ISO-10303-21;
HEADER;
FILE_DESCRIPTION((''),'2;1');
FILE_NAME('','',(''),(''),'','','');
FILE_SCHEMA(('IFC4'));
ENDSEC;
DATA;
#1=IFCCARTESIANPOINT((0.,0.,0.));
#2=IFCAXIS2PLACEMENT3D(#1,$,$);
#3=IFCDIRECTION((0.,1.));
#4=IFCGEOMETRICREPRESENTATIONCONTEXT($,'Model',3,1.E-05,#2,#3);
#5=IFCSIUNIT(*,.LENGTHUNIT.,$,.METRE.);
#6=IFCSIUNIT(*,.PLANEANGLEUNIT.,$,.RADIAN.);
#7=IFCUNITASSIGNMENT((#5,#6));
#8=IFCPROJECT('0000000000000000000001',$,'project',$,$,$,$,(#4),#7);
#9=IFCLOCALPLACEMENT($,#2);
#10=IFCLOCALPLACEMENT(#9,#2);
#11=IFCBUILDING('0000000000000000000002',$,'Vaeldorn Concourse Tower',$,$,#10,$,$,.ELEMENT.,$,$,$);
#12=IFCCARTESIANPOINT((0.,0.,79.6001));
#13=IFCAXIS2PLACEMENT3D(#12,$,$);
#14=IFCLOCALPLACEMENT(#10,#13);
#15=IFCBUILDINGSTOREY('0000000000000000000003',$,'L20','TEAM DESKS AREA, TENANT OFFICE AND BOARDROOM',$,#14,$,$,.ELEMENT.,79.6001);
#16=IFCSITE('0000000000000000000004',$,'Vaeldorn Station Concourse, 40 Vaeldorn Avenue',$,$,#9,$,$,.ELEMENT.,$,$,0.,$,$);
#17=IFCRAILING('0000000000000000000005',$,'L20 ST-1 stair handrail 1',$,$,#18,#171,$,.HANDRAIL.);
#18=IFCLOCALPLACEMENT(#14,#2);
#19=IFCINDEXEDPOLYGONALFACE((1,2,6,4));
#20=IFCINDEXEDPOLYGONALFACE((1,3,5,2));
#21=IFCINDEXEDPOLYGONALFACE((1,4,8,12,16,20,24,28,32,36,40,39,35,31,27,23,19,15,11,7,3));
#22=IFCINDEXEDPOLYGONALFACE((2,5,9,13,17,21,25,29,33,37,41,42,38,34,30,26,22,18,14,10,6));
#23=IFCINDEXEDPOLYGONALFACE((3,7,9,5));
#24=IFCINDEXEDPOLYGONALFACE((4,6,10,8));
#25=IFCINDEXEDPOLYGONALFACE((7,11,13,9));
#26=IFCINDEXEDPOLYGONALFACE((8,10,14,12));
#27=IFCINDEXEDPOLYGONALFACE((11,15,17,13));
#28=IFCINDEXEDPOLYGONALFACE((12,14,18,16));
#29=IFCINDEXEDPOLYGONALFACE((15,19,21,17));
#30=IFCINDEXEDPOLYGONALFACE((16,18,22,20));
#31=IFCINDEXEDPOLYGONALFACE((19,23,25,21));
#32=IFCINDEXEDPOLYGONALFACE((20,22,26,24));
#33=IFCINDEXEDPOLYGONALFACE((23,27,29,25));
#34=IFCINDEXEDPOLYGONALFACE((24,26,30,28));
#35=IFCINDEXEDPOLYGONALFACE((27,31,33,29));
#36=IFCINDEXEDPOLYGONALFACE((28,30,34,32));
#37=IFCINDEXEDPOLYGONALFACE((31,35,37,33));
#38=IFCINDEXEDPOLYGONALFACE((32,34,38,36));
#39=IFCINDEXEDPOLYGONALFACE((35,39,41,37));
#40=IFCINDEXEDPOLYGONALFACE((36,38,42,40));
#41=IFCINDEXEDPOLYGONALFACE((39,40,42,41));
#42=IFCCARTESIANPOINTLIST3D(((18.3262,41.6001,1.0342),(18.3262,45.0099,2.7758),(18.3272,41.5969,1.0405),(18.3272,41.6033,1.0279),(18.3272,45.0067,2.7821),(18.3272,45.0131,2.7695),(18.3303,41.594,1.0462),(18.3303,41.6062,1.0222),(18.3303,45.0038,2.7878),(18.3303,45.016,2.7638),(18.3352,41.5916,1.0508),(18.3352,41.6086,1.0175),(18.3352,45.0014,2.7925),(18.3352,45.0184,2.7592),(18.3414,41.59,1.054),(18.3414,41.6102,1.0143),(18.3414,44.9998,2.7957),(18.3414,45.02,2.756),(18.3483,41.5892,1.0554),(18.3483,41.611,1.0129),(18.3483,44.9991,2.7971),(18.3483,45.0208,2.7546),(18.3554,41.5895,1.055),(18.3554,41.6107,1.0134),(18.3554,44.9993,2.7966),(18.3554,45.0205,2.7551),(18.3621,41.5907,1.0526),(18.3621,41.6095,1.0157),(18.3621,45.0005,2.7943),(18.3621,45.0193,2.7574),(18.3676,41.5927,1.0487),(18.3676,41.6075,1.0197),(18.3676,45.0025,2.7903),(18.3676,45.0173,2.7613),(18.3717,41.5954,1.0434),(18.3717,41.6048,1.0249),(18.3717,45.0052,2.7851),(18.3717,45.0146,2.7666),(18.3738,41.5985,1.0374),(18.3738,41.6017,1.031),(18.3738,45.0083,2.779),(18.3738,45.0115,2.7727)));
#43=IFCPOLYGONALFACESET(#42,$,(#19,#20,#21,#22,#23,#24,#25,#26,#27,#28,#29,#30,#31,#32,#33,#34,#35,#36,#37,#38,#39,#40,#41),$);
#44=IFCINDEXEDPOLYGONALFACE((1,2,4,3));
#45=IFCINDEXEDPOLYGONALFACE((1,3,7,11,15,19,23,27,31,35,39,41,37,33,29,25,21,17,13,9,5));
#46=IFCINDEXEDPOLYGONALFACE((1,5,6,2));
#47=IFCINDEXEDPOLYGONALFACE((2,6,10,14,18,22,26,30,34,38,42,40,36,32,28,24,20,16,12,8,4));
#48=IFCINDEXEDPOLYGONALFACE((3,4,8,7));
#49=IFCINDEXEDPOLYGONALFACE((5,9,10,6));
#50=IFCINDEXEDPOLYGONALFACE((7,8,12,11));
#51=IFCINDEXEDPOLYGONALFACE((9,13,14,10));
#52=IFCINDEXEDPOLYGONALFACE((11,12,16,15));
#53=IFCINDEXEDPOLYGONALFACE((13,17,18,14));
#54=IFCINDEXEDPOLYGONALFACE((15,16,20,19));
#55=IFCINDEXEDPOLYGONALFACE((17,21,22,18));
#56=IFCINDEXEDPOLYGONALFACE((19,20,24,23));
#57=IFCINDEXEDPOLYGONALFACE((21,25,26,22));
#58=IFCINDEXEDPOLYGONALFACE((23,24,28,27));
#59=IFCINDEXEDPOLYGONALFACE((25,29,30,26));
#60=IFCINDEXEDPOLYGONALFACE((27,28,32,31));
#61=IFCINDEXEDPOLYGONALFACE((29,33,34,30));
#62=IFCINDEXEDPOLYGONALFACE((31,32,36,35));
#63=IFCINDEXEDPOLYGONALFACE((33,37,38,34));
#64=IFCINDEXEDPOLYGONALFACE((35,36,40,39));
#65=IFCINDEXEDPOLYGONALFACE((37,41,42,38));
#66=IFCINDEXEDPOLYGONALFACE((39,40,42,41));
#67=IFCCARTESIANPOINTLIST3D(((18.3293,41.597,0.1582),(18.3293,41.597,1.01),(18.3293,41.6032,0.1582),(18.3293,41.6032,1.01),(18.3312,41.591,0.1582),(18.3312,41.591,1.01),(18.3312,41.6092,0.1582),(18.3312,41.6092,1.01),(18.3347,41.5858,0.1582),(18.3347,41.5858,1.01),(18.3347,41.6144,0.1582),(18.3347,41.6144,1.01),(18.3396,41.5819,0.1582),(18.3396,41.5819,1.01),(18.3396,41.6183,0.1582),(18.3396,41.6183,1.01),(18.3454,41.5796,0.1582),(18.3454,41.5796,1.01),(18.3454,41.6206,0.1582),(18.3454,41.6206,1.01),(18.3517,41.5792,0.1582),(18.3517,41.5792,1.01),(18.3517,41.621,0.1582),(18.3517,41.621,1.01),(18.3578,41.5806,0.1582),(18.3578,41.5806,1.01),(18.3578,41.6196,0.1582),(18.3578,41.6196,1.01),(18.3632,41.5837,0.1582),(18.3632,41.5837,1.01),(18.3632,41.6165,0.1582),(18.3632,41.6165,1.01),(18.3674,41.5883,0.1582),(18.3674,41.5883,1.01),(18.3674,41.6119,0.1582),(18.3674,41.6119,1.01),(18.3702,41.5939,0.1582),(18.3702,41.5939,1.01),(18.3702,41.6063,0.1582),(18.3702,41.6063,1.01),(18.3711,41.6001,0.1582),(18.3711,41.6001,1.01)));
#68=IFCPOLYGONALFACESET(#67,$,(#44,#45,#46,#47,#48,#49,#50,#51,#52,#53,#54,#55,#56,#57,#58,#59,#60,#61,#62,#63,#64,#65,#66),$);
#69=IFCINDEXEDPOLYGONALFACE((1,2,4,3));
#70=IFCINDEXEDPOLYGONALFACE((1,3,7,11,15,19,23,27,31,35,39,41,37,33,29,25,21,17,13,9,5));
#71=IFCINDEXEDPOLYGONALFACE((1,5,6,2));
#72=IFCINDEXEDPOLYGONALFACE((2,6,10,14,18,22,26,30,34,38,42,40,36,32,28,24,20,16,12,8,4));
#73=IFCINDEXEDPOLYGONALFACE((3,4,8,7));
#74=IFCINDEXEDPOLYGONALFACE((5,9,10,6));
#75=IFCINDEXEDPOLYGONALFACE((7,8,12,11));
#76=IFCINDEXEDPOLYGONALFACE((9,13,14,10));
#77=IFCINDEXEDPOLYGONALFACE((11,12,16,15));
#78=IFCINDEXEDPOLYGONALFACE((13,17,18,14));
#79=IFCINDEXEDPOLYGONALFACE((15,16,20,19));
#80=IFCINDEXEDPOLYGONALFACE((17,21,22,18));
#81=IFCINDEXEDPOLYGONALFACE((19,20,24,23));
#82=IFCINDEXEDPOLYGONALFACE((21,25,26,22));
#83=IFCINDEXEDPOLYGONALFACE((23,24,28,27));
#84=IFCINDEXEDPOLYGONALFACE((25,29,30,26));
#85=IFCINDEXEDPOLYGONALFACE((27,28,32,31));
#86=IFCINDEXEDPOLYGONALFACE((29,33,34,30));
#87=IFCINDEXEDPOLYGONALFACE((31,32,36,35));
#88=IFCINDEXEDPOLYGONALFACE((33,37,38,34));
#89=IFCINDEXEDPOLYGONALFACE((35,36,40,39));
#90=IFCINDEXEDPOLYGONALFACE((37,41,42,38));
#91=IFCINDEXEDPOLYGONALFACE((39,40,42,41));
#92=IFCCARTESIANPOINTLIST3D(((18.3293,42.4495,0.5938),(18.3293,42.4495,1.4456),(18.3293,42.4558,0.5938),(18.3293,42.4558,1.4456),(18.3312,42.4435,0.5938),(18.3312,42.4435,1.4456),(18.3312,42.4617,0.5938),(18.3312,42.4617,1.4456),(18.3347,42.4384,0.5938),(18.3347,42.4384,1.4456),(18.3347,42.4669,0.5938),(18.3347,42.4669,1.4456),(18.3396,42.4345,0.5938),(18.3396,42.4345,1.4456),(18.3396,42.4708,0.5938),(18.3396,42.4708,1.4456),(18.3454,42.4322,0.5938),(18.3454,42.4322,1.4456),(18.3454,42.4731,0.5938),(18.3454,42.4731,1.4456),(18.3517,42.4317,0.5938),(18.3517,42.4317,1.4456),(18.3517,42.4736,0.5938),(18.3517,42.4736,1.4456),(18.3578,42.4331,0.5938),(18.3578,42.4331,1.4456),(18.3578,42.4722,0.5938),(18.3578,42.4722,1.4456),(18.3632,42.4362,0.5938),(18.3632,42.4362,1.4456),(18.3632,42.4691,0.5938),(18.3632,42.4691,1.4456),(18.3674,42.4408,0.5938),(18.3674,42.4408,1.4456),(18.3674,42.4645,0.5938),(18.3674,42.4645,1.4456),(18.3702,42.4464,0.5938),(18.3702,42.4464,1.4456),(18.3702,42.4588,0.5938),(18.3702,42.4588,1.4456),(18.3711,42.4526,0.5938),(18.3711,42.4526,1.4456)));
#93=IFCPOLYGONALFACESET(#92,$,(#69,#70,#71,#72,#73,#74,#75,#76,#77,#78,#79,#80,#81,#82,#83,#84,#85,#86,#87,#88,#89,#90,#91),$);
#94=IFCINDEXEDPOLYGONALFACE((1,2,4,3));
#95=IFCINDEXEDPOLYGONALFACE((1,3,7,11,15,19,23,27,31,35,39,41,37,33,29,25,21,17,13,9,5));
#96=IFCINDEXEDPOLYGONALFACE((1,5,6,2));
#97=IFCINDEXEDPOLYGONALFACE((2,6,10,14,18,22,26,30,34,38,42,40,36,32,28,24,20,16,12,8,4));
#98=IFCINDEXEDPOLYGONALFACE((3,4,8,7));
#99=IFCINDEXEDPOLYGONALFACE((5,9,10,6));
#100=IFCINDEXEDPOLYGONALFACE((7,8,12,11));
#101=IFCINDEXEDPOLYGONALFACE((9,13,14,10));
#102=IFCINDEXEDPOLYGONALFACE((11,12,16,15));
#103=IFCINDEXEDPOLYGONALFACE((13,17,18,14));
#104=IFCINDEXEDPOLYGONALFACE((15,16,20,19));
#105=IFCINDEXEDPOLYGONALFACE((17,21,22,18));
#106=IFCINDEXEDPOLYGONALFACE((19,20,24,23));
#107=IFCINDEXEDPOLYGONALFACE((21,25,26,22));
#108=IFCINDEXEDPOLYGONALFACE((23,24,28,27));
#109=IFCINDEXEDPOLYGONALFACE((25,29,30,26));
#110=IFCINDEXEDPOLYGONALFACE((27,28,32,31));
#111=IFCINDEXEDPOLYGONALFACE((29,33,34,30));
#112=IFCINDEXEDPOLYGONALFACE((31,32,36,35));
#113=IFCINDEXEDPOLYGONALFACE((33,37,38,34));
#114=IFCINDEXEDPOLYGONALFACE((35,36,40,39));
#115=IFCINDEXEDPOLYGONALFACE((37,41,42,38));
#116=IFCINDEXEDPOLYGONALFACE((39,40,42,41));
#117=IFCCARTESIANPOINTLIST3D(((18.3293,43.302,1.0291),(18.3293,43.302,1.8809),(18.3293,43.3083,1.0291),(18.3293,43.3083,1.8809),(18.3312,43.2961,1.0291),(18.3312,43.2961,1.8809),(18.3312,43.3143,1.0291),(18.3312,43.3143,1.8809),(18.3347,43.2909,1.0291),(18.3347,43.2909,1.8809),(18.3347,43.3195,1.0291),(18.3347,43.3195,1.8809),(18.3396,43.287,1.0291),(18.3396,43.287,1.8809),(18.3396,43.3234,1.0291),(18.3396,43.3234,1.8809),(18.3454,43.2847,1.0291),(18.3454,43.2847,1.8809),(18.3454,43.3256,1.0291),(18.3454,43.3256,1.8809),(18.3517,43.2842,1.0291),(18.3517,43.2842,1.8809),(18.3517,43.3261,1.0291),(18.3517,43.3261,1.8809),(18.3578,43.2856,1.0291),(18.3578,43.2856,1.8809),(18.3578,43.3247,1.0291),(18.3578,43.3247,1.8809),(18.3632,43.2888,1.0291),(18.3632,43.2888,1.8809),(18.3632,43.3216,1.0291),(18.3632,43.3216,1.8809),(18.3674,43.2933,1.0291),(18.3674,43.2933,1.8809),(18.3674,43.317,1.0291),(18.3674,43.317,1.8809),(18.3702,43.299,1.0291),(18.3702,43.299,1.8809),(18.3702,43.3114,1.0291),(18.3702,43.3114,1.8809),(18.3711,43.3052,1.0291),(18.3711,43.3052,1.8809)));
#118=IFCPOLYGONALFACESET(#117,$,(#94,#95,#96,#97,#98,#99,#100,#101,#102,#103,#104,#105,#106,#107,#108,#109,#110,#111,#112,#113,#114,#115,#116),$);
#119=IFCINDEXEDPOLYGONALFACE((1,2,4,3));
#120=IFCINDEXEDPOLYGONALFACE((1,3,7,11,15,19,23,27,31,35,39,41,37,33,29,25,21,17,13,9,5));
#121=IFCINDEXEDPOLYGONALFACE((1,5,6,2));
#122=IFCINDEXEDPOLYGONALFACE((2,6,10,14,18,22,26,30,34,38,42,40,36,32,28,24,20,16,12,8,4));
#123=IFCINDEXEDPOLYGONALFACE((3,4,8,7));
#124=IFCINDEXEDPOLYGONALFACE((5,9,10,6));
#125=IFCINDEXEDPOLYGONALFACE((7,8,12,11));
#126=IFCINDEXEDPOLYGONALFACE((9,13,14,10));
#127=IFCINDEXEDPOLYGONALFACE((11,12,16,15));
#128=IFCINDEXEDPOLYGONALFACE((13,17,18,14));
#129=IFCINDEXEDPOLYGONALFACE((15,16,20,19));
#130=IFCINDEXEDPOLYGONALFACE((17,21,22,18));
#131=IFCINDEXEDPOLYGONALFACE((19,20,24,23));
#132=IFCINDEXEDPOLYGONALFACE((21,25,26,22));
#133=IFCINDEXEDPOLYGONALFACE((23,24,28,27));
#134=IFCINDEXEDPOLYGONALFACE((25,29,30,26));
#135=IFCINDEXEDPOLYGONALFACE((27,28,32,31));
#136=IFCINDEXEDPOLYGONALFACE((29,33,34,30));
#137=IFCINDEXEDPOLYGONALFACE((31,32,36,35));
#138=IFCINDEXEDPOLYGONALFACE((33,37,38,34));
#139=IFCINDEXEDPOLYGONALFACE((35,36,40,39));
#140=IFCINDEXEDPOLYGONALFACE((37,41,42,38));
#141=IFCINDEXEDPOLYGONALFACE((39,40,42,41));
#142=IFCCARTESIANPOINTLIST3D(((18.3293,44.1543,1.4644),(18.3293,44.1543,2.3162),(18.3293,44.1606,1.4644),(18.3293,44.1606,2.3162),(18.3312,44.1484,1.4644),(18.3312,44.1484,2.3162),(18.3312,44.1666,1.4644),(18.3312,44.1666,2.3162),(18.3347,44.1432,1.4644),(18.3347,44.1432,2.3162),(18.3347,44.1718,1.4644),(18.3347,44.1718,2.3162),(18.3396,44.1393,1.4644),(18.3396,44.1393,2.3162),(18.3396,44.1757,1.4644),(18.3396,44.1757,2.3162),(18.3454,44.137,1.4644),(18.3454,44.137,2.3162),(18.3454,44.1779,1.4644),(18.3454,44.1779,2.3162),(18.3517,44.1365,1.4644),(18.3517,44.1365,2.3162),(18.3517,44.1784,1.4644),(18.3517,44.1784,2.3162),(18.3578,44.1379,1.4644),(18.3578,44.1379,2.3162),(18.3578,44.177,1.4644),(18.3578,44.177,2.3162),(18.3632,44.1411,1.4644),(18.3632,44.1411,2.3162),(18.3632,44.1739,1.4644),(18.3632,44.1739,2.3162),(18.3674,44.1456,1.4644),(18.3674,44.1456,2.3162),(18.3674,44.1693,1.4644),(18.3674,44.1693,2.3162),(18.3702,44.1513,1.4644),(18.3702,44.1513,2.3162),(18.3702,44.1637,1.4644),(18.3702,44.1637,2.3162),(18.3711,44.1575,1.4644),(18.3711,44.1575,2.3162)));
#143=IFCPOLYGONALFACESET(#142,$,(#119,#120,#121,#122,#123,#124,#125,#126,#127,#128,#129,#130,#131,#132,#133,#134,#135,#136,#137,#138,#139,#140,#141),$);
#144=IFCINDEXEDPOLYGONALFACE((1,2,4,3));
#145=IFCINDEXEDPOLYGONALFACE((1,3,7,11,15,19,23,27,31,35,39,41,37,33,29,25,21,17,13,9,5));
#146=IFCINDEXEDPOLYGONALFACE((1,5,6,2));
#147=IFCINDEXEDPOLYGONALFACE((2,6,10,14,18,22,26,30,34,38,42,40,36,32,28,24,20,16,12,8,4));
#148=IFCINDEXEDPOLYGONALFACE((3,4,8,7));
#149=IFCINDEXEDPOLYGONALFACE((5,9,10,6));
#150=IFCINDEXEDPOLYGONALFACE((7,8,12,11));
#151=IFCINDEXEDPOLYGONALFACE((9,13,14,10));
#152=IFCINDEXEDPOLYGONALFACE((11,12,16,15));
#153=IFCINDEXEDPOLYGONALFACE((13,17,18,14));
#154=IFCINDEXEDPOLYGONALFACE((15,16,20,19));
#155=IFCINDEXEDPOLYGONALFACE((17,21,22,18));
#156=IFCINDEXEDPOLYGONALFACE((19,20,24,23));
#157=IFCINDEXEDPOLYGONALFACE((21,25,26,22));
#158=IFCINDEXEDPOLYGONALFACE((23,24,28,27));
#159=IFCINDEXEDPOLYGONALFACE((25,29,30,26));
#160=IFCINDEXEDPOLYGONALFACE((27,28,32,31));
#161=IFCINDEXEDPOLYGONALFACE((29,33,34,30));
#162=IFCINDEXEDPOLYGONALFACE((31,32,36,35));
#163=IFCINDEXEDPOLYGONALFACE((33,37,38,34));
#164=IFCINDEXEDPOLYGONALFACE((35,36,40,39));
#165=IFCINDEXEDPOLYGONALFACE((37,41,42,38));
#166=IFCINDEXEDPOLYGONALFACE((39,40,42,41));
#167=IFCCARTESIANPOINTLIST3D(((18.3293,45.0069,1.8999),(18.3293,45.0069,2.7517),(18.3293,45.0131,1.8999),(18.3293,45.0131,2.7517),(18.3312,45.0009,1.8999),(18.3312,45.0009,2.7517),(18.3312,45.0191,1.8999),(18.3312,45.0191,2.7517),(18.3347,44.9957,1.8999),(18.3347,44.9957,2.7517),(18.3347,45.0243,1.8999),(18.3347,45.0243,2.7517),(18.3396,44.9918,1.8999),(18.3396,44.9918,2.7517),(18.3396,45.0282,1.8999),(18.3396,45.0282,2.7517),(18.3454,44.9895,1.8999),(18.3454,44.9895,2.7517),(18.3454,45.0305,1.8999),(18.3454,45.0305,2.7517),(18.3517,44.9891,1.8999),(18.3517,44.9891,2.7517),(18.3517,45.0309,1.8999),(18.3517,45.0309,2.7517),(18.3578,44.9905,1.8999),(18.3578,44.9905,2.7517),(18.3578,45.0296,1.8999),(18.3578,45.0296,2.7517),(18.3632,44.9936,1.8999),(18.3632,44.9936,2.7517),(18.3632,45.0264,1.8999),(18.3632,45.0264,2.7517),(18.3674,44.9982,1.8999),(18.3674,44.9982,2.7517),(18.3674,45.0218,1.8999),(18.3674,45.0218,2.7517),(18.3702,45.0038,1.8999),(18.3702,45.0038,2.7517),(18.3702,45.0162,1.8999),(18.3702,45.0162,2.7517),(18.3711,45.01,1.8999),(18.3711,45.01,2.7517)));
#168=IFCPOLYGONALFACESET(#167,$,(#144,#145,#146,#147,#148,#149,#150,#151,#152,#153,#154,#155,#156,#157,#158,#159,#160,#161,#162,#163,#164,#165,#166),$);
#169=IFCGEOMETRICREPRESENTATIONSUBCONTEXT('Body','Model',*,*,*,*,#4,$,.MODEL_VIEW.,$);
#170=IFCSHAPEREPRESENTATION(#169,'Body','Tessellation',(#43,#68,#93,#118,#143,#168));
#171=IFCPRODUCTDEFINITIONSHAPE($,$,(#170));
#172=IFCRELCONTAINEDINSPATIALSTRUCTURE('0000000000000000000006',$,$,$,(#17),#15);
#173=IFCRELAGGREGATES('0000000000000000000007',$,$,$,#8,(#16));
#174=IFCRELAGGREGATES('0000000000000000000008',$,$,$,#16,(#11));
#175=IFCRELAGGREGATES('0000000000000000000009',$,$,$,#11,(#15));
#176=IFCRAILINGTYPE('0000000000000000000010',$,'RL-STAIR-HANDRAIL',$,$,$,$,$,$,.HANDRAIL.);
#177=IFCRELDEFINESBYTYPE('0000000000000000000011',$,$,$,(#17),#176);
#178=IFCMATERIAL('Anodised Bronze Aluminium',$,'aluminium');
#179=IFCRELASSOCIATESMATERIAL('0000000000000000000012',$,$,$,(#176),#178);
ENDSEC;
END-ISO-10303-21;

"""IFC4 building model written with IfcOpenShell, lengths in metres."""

from ifc_helpers import new_model, si_unit, direction, frame, origin, origin_2d, place, context, subcontext, project, spatial, circle, extrude, material, type_object, element, save


model = new_model("IFC4")

# Units and contexts
model_context = context("Model", 3, precision=1e-05, world=origin(), true_north=direction((0.0, 1.0)))
body_context = subcontext(model_context, "Body", "Model", "MODEL_VIEW")
ifc_project = project(units=[si_unit("LENGTHUNIT", "METRE"), si_unit("PLANEANGLEUNIT", "RADIAN")], contexts=[model_context])

# Site, building, storey
site_placement = place(None, origin())
site = spatial("IfcSite", under=ifc_project, at=site_placement, Name="Vaeldorn Station Concourse, 40 Vaeldorn Avenue", CompositionType="ELEMENT", RefElevation=0.0)
building_placement = place(site_placement, origin())
building = spatial("IfcBuilding", under=site, at=building_placement, Name="Vaeldorn Concourse Tower", CompositionType="ELEMENT")
storey_placement = place(building_placement, frame((0.0, 0.0, 79.6001)))
storey = spatial("IfcBuildingStorey", under=building, at=storey_placement, Name="L20", Description="TEAM DESKS AREA, TENANT OFFICE AND BOARDROOM", CompositionType="ELEMENT", Elevation=79.6001)

# Shared definitions
ifc_material_1 = material(Name="Anodised Bronze Aluminium", Category="aluminium")

# Railing
railing_type_1 = type_object("IfcRailingType", Name="RL-STAIR-HANDRAIL", PredefinedType="HANDRAIL", material=ifc_material_1)
railing_1_placement = place(storey_placement, frame((18.3501, 41.6001, 0.1582)))
element("IfcRailing", 1, at=railing_1_placement, inside=storey, type_object=railing_type_1, Name="L20 ST-1 stair handrail 1", PredefinedType="HANDRAIL", context=body_context, shape_type="SweptSolid", body=[
    extrude(circle(Radius=0.0239, at=origin_2d()), frame((0.0, 0.0, 0.876), z_axis=(0.0, 0.890556, 0.454874), x_axis=(-1.0, 0.0, 0.0)), (0.0, 0.0, 1.0), 3.8289),
    extrude(circle(Radius=0.021, at=origin_2d()), origin(), (0.0, 0.0, 1.0), 0.8518),
    extrude(circle(Radius=0.021, at=origin_2d()), frame((0.0, 0.8525, 0.4355)), (0.0, 0.0, 1.0), 0.8518),
    extrude(circle(Radius=0.021, at=origin_2d()), frame((0.0, 1.7051, 0.8708)), (0.0, 0.0, 1.0), 0.8518),
    extrude(circle(Radius=0.021, at=origin_2d()), frame((0.0, 2.5574, 1.3062)), (0.0, 0.0, 1.0), 0.8518),
    extrude(circle(Radius=0.021, at=origin_2d()), frame((0.0, 3.4099, 1.7417)), (0.0, 0.0, 1.0), 0.8518),
])

save(model, "model.ifc")
